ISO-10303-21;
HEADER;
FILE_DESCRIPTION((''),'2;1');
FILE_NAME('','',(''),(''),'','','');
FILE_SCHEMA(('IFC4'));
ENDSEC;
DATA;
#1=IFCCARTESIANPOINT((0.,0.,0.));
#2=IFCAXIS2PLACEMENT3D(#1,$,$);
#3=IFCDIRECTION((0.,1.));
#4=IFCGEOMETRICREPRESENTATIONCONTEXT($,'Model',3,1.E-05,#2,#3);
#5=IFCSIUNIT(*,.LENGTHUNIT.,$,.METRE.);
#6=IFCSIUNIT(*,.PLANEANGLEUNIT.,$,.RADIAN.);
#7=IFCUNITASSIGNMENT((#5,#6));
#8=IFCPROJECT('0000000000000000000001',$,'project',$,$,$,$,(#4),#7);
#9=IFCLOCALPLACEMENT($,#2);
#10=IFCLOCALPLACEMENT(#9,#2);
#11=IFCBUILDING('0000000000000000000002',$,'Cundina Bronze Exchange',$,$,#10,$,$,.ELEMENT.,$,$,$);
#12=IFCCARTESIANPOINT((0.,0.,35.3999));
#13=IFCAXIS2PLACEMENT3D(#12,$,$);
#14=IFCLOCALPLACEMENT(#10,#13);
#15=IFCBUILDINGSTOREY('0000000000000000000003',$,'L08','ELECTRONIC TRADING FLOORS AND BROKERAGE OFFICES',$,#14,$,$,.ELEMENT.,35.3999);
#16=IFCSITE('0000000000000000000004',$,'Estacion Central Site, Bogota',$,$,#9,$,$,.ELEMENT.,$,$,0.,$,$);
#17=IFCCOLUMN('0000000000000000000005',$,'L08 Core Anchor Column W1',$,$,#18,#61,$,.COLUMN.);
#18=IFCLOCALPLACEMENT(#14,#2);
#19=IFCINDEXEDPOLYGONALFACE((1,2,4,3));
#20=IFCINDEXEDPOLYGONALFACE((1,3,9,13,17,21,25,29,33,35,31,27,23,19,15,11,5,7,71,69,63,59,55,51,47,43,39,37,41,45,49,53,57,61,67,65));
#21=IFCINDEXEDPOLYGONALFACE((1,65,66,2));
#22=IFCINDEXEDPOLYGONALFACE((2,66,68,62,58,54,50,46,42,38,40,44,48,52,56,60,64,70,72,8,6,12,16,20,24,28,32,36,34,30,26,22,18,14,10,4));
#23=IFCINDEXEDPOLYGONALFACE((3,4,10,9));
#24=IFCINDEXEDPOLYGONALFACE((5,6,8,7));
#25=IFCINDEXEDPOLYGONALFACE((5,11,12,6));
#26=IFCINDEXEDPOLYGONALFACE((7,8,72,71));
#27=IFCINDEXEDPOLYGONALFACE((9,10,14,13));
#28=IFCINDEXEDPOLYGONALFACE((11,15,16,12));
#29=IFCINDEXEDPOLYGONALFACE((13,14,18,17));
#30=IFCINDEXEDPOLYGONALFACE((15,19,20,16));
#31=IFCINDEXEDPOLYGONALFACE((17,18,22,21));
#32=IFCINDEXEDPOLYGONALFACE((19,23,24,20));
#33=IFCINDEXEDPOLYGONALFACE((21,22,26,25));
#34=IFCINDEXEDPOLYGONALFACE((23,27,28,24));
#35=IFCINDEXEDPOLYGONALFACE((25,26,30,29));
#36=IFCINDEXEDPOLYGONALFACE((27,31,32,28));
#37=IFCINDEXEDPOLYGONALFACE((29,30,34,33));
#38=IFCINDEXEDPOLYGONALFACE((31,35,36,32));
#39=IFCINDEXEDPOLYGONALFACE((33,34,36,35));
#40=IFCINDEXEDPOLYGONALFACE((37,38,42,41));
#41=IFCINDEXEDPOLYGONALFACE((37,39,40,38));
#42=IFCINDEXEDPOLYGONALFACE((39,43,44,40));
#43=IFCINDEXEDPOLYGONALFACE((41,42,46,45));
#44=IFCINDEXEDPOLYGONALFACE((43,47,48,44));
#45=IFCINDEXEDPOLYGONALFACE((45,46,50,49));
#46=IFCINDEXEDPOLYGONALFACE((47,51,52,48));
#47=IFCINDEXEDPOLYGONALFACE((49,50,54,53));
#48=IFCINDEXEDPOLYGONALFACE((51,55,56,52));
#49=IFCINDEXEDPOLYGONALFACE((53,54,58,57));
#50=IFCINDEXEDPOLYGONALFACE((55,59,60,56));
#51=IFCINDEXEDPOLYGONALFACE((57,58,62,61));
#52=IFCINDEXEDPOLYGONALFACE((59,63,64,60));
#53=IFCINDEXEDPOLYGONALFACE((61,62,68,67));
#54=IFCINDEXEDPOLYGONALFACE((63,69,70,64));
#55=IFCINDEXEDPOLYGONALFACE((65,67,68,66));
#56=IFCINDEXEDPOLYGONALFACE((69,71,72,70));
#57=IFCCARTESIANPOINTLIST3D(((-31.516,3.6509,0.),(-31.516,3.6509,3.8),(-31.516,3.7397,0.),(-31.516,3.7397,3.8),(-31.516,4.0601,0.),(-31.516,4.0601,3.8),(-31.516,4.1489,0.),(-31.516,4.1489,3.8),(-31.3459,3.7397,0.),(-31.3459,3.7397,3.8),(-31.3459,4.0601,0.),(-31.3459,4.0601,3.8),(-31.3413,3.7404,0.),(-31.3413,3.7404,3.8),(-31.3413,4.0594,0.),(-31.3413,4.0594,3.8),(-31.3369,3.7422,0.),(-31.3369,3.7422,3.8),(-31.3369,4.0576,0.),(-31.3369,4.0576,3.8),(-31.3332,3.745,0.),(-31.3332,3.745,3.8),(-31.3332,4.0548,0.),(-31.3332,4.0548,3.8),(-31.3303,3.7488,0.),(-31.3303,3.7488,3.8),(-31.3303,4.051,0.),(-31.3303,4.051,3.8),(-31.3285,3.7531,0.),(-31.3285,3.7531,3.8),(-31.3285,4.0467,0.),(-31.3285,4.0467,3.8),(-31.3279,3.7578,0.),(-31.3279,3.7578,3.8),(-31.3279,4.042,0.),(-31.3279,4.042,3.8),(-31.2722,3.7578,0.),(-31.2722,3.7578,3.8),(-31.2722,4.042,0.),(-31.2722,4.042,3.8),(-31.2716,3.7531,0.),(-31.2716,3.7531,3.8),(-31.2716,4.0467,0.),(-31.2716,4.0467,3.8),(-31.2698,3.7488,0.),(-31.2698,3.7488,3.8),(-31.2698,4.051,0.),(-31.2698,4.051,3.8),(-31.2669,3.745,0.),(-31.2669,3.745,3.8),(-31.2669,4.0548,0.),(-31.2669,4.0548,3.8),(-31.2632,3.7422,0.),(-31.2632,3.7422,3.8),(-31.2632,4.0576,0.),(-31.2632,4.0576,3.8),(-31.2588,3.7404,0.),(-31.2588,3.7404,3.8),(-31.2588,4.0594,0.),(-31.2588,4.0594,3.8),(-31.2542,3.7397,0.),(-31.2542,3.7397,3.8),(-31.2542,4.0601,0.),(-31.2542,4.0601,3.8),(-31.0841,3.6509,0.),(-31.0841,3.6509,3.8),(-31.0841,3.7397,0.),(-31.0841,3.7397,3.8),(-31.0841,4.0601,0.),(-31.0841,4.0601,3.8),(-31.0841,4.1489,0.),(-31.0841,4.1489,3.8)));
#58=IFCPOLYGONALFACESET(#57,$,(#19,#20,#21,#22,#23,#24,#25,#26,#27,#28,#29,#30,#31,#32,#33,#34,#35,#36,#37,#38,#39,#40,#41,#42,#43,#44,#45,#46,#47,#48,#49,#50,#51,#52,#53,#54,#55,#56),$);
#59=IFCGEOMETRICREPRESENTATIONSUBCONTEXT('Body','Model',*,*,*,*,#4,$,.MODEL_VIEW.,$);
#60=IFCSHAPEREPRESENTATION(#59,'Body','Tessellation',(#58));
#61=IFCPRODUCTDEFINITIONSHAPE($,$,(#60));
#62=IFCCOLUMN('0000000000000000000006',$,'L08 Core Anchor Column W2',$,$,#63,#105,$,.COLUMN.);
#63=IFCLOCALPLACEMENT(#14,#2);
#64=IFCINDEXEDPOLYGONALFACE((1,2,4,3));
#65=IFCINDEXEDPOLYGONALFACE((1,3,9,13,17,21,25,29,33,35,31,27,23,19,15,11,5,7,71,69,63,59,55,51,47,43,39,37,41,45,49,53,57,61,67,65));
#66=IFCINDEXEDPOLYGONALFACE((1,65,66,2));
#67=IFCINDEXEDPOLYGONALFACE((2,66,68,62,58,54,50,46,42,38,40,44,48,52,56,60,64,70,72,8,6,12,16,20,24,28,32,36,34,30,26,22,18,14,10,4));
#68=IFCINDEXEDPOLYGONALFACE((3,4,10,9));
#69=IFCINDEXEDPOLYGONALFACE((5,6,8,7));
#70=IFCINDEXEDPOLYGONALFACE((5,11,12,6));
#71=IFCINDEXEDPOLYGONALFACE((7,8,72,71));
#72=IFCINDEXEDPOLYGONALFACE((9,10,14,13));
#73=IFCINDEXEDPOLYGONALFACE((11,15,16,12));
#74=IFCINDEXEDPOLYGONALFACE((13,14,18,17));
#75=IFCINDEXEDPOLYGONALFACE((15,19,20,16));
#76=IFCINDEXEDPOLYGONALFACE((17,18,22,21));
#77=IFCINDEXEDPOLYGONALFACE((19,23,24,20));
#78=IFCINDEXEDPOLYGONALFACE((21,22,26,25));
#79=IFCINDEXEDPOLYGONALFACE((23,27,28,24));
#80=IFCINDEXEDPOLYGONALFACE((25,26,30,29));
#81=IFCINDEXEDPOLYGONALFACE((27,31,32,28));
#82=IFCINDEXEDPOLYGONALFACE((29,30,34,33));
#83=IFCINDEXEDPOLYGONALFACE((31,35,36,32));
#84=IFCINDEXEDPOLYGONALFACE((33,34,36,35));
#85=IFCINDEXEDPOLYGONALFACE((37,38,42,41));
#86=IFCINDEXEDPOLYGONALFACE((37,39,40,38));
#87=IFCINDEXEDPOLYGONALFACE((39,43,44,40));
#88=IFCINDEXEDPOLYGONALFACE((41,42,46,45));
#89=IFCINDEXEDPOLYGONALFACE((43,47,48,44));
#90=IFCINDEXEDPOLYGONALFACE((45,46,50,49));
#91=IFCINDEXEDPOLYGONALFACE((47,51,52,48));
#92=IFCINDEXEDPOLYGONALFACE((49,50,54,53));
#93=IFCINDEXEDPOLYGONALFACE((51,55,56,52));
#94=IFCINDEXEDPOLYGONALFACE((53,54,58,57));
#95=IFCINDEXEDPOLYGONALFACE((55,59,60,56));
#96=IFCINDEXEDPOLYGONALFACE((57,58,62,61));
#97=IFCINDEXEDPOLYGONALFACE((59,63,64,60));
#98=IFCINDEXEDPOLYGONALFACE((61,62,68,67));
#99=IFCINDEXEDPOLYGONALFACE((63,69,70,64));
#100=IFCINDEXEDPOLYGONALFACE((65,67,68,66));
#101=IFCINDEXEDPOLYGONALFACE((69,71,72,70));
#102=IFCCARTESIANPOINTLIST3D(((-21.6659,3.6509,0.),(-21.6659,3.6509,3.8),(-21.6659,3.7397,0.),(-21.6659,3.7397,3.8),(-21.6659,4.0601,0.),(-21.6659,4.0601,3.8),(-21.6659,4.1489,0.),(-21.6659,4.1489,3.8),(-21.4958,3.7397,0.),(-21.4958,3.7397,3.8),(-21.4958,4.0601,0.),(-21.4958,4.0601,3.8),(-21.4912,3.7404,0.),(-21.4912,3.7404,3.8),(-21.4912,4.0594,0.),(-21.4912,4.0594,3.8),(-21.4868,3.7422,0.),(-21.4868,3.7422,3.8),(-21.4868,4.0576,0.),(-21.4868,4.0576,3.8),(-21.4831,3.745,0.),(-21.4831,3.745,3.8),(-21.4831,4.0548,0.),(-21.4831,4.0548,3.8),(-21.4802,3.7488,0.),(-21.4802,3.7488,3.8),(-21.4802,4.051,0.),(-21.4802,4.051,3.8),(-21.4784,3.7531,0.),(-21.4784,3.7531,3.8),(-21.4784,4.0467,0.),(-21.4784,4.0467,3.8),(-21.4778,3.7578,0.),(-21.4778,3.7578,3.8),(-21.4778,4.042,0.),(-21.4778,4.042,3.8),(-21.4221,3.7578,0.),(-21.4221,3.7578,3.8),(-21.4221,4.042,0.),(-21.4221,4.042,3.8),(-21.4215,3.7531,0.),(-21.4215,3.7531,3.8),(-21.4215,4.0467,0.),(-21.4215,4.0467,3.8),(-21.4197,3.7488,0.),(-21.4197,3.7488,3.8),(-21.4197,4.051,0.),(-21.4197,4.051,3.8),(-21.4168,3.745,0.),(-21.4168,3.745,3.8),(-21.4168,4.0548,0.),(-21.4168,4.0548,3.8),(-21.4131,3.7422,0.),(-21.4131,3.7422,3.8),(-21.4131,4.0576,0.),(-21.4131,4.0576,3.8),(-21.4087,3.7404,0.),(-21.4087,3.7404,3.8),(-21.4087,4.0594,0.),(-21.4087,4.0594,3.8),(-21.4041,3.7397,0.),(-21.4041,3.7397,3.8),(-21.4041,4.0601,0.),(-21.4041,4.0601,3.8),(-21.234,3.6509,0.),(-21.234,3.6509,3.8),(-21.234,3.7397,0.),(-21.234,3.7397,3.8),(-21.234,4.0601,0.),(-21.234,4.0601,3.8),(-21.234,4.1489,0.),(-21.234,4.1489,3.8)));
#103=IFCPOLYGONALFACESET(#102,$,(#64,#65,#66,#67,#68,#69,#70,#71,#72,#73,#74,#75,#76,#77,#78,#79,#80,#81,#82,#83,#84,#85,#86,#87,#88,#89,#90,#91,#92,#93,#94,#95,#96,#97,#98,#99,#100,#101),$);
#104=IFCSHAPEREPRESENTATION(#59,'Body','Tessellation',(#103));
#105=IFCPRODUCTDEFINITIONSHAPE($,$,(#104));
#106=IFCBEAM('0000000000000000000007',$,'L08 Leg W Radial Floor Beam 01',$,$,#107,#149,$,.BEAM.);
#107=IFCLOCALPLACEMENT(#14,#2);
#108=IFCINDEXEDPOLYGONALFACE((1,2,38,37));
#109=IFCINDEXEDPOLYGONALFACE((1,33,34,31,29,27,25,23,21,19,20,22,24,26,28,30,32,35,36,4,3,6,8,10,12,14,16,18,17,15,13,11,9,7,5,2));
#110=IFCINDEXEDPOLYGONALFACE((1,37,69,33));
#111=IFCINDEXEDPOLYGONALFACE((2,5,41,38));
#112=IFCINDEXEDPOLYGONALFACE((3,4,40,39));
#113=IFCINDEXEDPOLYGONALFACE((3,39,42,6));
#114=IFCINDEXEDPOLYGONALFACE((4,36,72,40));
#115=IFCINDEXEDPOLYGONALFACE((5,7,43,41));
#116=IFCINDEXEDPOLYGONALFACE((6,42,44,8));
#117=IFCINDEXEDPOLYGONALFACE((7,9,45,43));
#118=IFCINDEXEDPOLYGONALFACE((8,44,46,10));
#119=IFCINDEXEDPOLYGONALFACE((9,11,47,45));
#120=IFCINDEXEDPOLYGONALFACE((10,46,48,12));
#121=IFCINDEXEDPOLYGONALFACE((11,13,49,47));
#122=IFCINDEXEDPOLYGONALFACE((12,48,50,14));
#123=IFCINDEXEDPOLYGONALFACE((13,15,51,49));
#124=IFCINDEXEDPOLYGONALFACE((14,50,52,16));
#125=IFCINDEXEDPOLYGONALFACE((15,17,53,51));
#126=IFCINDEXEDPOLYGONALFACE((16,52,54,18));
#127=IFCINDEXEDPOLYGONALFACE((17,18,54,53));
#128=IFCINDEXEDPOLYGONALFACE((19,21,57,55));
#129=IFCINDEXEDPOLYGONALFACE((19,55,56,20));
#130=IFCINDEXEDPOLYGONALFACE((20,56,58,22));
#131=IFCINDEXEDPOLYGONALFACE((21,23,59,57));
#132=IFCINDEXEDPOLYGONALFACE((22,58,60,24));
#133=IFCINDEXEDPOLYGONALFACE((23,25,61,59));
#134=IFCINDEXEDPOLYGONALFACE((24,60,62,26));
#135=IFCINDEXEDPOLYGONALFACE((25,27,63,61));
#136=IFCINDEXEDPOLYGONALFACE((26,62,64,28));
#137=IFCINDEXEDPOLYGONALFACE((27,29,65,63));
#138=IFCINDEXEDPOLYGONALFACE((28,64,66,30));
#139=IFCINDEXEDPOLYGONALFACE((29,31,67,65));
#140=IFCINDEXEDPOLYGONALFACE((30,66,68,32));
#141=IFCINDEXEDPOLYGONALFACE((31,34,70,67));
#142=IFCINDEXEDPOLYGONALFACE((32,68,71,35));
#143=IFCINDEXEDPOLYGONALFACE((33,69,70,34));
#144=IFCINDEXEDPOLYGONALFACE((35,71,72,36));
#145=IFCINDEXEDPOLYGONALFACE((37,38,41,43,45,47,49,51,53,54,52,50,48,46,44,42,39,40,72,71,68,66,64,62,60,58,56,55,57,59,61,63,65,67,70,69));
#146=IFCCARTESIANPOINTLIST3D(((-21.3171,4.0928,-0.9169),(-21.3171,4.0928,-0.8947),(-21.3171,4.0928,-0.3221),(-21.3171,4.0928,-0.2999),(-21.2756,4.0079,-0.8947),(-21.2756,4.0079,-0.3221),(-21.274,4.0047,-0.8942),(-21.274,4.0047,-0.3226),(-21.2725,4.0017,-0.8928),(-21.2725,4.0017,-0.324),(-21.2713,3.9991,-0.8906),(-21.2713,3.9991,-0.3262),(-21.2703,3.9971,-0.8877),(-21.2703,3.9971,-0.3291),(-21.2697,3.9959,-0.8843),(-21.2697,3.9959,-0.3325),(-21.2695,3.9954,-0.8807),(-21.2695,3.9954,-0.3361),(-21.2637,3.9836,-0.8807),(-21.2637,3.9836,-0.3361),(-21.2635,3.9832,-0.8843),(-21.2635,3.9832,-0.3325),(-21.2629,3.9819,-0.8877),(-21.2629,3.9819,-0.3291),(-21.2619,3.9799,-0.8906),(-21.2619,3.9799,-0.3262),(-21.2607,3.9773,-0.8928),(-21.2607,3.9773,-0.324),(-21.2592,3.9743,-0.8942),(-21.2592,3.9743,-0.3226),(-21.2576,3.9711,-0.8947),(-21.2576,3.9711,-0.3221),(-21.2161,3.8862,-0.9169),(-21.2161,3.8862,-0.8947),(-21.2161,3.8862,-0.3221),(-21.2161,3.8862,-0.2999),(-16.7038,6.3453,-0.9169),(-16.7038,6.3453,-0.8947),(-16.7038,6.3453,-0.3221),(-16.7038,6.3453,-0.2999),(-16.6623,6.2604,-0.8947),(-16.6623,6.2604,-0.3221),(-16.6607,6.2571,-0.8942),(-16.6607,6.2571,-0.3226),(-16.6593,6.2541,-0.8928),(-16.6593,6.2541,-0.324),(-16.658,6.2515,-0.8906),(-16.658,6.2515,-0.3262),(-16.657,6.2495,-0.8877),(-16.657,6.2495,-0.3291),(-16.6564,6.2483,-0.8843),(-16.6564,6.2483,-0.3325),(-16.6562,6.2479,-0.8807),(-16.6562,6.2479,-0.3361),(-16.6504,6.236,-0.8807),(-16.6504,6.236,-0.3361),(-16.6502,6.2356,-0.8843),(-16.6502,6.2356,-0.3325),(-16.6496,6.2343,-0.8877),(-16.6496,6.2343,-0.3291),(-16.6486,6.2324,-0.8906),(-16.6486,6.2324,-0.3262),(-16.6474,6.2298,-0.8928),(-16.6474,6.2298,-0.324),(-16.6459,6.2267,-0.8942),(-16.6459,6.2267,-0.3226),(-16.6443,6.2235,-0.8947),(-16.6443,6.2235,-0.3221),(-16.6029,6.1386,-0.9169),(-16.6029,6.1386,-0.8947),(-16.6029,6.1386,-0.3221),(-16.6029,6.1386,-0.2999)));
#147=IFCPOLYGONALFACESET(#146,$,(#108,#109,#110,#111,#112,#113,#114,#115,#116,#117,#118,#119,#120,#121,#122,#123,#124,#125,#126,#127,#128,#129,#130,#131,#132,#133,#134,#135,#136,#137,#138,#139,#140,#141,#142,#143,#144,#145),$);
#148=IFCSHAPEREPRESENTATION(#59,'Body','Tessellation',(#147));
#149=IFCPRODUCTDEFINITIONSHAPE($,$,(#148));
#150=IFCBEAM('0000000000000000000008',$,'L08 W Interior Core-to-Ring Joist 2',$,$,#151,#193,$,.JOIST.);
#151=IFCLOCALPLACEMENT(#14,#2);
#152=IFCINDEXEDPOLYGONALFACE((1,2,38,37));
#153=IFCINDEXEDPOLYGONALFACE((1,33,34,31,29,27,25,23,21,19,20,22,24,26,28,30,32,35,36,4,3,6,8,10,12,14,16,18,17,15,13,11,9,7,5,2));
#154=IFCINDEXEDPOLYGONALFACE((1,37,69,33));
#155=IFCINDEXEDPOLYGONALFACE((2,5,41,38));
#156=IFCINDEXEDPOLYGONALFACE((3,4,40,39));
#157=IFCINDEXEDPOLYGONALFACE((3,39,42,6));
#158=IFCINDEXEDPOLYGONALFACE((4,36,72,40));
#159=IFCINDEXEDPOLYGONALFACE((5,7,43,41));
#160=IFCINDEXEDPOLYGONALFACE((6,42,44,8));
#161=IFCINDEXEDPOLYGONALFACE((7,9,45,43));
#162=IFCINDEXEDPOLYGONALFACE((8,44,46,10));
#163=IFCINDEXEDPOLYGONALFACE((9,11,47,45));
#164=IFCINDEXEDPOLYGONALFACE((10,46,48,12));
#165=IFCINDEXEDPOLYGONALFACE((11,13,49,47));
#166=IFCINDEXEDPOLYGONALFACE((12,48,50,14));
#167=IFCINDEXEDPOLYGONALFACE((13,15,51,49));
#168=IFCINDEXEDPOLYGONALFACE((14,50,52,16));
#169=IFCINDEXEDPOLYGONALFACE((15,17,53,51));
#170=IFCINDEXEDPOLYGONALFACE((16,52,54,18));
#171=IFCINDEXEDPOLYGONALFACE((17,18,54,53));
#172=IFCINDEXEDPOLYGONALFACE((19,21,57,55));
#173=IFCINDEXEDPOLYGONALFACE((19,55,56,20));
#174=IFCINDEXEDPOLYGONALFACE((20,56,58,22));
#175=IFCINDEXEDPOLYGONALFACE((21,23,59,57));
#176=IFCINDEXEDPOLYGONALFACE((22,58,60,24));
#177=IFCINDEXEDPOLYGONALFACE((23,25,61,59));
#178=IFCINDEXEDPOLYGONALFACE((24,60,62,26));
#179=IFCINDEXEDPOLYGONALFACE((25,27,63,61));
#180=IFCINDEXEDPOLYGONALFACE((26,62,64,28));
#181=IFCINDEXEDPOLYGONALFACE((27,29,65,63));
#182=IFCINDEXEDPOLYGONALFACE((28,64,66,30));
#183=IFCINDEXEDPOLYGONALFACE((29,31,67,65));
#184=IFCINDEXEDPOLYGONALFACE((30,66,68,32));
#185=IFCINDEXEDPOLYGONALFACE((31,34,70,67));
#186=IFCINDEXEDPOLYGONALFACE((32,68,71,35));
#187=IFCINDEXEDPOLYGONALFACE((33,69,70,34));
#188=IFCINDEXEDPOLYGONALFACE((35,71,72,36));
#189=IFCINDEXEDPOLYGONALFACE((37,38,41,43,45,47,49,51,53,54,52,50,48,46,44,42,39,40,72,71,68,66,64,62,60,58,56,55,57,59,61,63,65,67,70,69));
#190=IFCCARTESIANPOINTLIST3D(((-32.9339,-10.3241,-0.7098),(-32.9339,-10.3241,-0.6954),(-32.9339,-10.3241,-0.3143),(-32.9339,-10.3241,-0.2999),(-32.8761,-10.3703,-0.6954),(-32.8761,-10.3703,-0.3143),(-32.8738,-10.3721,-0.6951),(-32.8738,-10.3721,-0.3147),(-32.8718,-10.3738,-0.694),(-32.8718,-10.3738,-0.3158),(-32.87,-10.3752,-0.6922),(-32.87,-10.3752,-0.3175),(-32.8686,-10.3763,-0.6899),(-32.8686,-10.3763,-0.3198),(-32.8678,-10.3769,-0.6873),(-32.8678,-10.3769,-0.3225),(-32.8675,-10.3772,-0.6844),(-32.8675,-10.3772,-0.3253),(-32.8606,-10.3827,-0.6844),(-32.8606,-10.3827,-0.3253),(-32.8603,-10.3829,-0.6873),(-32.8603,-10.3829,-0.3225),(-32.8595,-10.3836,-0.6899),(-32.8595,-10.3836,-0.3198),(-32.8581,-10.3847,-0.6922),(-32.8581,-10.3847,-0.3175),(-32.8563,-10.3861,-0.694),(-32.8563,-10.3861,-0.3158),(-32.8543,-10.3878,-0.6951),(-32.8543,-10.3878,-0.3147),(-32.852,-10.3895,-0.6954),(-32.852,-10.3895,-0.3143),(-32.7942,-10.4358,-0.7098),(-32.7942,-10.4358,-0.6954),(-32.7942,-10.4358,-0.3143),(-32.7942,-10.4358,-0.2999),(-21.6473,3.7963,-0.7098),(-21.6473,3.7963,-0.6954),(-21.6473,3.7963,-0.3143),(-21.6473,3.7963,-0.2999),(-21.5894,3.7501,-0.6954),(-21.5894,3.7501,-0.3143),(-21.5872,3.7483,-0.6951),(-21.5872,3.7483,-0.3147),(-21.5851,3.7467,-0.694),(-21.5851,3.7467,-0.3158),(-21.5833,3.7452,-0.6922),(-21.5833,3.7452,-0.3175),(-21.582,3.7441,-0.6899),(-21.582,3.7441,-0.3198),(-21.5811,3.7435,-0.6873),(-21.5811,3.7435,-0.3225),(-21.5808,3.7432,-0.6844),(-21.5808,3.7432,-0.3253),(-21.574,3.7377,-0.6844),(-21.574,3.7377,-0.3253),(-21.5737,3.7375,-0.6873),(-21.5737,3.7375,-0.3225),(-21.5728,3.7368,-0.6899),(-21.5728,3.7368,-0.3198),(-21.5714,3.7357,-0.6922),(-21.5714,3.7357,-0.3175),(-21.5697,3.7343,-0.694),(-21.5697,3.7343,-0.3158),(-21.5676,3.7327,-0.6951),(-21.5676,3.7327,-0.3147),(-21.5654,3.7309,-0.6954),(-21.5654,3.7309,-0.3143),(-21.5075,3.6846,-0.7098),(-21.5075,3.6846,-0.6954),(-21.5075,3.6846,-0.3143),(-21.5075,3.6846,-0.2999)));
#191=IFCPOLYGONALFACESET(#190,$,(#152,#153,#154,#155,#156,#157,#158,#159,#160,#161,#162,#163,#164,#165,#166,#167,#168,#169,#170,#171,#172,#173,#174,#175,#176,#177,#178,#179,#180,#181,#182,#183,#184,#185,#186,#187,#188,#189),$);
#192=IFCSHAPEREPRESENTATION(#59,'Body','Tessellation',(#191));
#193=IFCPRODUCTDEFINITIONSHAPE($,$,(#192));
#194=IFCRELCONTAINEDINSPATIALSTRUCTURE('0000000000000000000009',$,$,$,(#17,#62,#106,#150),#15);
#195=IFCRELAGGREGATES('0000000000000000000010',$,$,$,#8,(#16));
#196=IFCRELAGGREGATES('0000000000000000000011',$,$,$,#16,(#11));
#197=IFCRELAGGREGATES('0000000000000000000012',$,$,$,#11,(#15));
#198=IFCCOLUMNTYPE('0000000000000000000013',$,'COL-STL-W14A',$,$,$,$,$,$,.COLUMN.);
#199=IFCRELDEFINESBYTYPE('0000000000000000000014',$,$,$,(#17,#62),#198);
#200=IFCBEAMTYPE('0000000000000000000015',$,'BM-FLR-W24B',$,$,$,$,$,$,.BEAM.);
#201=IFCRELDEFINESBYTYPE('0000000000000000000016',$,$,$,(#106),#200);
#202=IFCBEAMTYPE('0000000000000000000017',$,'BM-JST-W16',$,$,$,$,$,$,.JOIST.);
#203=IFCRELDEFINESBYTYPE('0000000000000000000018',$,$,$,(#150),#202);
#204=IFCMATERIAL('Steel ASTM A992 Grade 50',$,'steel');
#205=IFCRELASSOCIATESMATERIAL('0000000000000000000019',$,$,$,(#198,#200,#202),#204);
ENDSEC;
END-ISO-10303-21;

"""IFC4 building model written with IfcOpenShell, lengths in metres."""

from ifc_helpers import new_model, si_unit, direction, frame, origin, origin_2d, place, context, subcontext, project, spatial, i_section, extrude, material, material_profile, profile_set, type_object, element, save


model = new_model("IFC4")

# Units and contexts
model_context = context("Model", 3, precision=1e-05, world=origin(), true_north=direction((0.0, 1.0)))
body_context = subcontext(model_context, "Body", "Model", "MODEL_VIEW")
ifc_project = project(units=[si_unit("LENGTHUNIT", "METRE"), si_unit("PLANEANGLEUNIT", "RADIAN")], contexts=[model_context])

# Site, building, storey
site_placement = place(None, origin())
site = spatial("IfcSite", under=ifc_project, at=site_placement, Name="Estacion Central Site, Bogota", CompositionType="ELEMENT", RefElevation=0.0)
building_placement = place(site_placement, origin())
building = spatial("IfcBuilding", under=site, at=building_placement, Name="Cundina Bronze Exchange", CompositionType="ELEMENT")
storey_placement = place(building_placement, frame((0.0, 0.0, 35.3999)))
storey = spatial("IfcBuildingStorey", under=building, at=storey_placement, Name="L08", Description="ELECTRONIC TRADING FLOORS AND BROKERAGE OFFICES", CompositionType="ELEMENT", Elevation=35.3999)

# Columns
ifc_material_1 = material(Name="Steel ASTM A992 Grade 50", Category="steel")
ifc_material_profile_1 = material_profile(ifc_material_1, i_section(OverallWidth=0.4319, OverallDepth=0.498, WebThickness=0.0557, FlangeThickness=0.0889, FilletRadius=0.0181, at=origin_2d()), Name="W14X500", Category="steel")
ifc_profile_set_1 = profile_set([ifc_material_profile_1], Name="Steel ASTM A992 Grade 50")
column_type = type_object("IfcColumnType", Name="COL-STL-W14A", PredefinedType="COLUMN", material=ifc_profile_set_1)
for number, where, z_axis, x_axis, name in (
    (1, (-31.3, 3.8999, 0.0), (0.0, 0.0, 1.0), (1.0, 0.0, 0.0), "L08 Core Anchor Column W1"),
    (2, (-21.45, 3.8999, 0.0), (0.0, 0.0, 1.0), (1.0, 0.0, 0.0), "L08 Core Anchor Column W2"),
):
    element("IfcColumn", number, at=place(storey_placement, frame(where, z_axis=z_axis, x_axis=x_axis)), inside=storey, type_object=column_type, Name=name, PredefinedType="COLUMN", context=body_context, shape_type="SweptSolid", body=[
        extrude(i_section(OverallWidth=0.4319, OverallDepth=0.498, WebThickness=0.0557, FlangeThickness=0.0889, FilletRadius=0.0181, at=origin_2d()), origin(), (0.0, 0.0, 1.0), 3.8),
    ])

# Beams
ifc_material_profile_2 = material_profile(ifc_material_1, i_section(OverallWidth=0.23, OverallDepth=0.6169, WebThickness=0.0132, FlangeThickness=0.0222, FilletRadius=0.0139, at=origin_2d()), Name="W24X94", Category="steel")
ifc_profile_set_2 = profile_set([ifc_material_profile_2], Name="Steel ASTM A992 Grade 50")
beam_type_1 = type_object("IfcBeamType", Name="BM-FLR-W24B", PredefinedType="BEAM", material=ifc_profile_set_2)
beam_1_placement = place(storey_placement, frame((-21.2666, 3.9895, -0.6084), z_axis=(0.89861, 0.438748, 0.0), x_axis=(-0.438748, 0.89861, 0.0)))
element("IfcBeam", 3, at=beam_1_placement, inside=storey, type_object=beam_type_1, Name="L08 Leg W Radial Floor Beam 01", PredefinedType="BEAM", context=body_context, shape_type="SweptSolid", body=[
    extrude(i_section(OverallWidth=0.23, OverallDepth=0.6169, WebThickness=0.0132, FlangeThickness=0.0222, FilletRadius=0.0139, at=origin_2d()), origin(), (0.0, 0.0, 1.0), 5.1338),
])
ifc_material_profile_3 = material_profile(ifc_material_1, i_section(OverallWidth=0.179, OverallDepth=0.4099, WebThickness=0.0088, FlangeThickness=0.0144, FilletRadius=0.011, at=origin_2d()), Name="W16X45", Category="steel")
ifc_profile_set_3 = profile_set([ifc_material_profile_3], Name="Steel ASTM A992 Grade 50")
beam_type_2 = type_object("IfcBeamType", Name="BM-JST-W16", PredefinedType="JOIST", material=ifc_profile_set_3)
beam_2_placement = place(storey_placement, frame((-21.5774, 3.7405, -0.5049), z_axis=(-0.624369, -0.78113, 0.0), x_axis=(0.78113, -0.624369, 0.0)))
element("IfcBeam", 4, at=beam_2_placement, inside=storey, type_object=beam_type_2, Name="L08 W Interior Core-to-Ring Joist 2", PredefinedType="JOIST", context=body_context, shape_type="SweptSolid", body=[
    extrude(i_section(OverallWidth=0.179, OverallDepth=0.4099, WebThickness=0.0088, FlangeThickness=0.0144, FilletRadius=0.011, at=origin_2d()), origin(), (0.0, 0.0, 1.0), 18.0769),
])

save(model, "model.ifc")
